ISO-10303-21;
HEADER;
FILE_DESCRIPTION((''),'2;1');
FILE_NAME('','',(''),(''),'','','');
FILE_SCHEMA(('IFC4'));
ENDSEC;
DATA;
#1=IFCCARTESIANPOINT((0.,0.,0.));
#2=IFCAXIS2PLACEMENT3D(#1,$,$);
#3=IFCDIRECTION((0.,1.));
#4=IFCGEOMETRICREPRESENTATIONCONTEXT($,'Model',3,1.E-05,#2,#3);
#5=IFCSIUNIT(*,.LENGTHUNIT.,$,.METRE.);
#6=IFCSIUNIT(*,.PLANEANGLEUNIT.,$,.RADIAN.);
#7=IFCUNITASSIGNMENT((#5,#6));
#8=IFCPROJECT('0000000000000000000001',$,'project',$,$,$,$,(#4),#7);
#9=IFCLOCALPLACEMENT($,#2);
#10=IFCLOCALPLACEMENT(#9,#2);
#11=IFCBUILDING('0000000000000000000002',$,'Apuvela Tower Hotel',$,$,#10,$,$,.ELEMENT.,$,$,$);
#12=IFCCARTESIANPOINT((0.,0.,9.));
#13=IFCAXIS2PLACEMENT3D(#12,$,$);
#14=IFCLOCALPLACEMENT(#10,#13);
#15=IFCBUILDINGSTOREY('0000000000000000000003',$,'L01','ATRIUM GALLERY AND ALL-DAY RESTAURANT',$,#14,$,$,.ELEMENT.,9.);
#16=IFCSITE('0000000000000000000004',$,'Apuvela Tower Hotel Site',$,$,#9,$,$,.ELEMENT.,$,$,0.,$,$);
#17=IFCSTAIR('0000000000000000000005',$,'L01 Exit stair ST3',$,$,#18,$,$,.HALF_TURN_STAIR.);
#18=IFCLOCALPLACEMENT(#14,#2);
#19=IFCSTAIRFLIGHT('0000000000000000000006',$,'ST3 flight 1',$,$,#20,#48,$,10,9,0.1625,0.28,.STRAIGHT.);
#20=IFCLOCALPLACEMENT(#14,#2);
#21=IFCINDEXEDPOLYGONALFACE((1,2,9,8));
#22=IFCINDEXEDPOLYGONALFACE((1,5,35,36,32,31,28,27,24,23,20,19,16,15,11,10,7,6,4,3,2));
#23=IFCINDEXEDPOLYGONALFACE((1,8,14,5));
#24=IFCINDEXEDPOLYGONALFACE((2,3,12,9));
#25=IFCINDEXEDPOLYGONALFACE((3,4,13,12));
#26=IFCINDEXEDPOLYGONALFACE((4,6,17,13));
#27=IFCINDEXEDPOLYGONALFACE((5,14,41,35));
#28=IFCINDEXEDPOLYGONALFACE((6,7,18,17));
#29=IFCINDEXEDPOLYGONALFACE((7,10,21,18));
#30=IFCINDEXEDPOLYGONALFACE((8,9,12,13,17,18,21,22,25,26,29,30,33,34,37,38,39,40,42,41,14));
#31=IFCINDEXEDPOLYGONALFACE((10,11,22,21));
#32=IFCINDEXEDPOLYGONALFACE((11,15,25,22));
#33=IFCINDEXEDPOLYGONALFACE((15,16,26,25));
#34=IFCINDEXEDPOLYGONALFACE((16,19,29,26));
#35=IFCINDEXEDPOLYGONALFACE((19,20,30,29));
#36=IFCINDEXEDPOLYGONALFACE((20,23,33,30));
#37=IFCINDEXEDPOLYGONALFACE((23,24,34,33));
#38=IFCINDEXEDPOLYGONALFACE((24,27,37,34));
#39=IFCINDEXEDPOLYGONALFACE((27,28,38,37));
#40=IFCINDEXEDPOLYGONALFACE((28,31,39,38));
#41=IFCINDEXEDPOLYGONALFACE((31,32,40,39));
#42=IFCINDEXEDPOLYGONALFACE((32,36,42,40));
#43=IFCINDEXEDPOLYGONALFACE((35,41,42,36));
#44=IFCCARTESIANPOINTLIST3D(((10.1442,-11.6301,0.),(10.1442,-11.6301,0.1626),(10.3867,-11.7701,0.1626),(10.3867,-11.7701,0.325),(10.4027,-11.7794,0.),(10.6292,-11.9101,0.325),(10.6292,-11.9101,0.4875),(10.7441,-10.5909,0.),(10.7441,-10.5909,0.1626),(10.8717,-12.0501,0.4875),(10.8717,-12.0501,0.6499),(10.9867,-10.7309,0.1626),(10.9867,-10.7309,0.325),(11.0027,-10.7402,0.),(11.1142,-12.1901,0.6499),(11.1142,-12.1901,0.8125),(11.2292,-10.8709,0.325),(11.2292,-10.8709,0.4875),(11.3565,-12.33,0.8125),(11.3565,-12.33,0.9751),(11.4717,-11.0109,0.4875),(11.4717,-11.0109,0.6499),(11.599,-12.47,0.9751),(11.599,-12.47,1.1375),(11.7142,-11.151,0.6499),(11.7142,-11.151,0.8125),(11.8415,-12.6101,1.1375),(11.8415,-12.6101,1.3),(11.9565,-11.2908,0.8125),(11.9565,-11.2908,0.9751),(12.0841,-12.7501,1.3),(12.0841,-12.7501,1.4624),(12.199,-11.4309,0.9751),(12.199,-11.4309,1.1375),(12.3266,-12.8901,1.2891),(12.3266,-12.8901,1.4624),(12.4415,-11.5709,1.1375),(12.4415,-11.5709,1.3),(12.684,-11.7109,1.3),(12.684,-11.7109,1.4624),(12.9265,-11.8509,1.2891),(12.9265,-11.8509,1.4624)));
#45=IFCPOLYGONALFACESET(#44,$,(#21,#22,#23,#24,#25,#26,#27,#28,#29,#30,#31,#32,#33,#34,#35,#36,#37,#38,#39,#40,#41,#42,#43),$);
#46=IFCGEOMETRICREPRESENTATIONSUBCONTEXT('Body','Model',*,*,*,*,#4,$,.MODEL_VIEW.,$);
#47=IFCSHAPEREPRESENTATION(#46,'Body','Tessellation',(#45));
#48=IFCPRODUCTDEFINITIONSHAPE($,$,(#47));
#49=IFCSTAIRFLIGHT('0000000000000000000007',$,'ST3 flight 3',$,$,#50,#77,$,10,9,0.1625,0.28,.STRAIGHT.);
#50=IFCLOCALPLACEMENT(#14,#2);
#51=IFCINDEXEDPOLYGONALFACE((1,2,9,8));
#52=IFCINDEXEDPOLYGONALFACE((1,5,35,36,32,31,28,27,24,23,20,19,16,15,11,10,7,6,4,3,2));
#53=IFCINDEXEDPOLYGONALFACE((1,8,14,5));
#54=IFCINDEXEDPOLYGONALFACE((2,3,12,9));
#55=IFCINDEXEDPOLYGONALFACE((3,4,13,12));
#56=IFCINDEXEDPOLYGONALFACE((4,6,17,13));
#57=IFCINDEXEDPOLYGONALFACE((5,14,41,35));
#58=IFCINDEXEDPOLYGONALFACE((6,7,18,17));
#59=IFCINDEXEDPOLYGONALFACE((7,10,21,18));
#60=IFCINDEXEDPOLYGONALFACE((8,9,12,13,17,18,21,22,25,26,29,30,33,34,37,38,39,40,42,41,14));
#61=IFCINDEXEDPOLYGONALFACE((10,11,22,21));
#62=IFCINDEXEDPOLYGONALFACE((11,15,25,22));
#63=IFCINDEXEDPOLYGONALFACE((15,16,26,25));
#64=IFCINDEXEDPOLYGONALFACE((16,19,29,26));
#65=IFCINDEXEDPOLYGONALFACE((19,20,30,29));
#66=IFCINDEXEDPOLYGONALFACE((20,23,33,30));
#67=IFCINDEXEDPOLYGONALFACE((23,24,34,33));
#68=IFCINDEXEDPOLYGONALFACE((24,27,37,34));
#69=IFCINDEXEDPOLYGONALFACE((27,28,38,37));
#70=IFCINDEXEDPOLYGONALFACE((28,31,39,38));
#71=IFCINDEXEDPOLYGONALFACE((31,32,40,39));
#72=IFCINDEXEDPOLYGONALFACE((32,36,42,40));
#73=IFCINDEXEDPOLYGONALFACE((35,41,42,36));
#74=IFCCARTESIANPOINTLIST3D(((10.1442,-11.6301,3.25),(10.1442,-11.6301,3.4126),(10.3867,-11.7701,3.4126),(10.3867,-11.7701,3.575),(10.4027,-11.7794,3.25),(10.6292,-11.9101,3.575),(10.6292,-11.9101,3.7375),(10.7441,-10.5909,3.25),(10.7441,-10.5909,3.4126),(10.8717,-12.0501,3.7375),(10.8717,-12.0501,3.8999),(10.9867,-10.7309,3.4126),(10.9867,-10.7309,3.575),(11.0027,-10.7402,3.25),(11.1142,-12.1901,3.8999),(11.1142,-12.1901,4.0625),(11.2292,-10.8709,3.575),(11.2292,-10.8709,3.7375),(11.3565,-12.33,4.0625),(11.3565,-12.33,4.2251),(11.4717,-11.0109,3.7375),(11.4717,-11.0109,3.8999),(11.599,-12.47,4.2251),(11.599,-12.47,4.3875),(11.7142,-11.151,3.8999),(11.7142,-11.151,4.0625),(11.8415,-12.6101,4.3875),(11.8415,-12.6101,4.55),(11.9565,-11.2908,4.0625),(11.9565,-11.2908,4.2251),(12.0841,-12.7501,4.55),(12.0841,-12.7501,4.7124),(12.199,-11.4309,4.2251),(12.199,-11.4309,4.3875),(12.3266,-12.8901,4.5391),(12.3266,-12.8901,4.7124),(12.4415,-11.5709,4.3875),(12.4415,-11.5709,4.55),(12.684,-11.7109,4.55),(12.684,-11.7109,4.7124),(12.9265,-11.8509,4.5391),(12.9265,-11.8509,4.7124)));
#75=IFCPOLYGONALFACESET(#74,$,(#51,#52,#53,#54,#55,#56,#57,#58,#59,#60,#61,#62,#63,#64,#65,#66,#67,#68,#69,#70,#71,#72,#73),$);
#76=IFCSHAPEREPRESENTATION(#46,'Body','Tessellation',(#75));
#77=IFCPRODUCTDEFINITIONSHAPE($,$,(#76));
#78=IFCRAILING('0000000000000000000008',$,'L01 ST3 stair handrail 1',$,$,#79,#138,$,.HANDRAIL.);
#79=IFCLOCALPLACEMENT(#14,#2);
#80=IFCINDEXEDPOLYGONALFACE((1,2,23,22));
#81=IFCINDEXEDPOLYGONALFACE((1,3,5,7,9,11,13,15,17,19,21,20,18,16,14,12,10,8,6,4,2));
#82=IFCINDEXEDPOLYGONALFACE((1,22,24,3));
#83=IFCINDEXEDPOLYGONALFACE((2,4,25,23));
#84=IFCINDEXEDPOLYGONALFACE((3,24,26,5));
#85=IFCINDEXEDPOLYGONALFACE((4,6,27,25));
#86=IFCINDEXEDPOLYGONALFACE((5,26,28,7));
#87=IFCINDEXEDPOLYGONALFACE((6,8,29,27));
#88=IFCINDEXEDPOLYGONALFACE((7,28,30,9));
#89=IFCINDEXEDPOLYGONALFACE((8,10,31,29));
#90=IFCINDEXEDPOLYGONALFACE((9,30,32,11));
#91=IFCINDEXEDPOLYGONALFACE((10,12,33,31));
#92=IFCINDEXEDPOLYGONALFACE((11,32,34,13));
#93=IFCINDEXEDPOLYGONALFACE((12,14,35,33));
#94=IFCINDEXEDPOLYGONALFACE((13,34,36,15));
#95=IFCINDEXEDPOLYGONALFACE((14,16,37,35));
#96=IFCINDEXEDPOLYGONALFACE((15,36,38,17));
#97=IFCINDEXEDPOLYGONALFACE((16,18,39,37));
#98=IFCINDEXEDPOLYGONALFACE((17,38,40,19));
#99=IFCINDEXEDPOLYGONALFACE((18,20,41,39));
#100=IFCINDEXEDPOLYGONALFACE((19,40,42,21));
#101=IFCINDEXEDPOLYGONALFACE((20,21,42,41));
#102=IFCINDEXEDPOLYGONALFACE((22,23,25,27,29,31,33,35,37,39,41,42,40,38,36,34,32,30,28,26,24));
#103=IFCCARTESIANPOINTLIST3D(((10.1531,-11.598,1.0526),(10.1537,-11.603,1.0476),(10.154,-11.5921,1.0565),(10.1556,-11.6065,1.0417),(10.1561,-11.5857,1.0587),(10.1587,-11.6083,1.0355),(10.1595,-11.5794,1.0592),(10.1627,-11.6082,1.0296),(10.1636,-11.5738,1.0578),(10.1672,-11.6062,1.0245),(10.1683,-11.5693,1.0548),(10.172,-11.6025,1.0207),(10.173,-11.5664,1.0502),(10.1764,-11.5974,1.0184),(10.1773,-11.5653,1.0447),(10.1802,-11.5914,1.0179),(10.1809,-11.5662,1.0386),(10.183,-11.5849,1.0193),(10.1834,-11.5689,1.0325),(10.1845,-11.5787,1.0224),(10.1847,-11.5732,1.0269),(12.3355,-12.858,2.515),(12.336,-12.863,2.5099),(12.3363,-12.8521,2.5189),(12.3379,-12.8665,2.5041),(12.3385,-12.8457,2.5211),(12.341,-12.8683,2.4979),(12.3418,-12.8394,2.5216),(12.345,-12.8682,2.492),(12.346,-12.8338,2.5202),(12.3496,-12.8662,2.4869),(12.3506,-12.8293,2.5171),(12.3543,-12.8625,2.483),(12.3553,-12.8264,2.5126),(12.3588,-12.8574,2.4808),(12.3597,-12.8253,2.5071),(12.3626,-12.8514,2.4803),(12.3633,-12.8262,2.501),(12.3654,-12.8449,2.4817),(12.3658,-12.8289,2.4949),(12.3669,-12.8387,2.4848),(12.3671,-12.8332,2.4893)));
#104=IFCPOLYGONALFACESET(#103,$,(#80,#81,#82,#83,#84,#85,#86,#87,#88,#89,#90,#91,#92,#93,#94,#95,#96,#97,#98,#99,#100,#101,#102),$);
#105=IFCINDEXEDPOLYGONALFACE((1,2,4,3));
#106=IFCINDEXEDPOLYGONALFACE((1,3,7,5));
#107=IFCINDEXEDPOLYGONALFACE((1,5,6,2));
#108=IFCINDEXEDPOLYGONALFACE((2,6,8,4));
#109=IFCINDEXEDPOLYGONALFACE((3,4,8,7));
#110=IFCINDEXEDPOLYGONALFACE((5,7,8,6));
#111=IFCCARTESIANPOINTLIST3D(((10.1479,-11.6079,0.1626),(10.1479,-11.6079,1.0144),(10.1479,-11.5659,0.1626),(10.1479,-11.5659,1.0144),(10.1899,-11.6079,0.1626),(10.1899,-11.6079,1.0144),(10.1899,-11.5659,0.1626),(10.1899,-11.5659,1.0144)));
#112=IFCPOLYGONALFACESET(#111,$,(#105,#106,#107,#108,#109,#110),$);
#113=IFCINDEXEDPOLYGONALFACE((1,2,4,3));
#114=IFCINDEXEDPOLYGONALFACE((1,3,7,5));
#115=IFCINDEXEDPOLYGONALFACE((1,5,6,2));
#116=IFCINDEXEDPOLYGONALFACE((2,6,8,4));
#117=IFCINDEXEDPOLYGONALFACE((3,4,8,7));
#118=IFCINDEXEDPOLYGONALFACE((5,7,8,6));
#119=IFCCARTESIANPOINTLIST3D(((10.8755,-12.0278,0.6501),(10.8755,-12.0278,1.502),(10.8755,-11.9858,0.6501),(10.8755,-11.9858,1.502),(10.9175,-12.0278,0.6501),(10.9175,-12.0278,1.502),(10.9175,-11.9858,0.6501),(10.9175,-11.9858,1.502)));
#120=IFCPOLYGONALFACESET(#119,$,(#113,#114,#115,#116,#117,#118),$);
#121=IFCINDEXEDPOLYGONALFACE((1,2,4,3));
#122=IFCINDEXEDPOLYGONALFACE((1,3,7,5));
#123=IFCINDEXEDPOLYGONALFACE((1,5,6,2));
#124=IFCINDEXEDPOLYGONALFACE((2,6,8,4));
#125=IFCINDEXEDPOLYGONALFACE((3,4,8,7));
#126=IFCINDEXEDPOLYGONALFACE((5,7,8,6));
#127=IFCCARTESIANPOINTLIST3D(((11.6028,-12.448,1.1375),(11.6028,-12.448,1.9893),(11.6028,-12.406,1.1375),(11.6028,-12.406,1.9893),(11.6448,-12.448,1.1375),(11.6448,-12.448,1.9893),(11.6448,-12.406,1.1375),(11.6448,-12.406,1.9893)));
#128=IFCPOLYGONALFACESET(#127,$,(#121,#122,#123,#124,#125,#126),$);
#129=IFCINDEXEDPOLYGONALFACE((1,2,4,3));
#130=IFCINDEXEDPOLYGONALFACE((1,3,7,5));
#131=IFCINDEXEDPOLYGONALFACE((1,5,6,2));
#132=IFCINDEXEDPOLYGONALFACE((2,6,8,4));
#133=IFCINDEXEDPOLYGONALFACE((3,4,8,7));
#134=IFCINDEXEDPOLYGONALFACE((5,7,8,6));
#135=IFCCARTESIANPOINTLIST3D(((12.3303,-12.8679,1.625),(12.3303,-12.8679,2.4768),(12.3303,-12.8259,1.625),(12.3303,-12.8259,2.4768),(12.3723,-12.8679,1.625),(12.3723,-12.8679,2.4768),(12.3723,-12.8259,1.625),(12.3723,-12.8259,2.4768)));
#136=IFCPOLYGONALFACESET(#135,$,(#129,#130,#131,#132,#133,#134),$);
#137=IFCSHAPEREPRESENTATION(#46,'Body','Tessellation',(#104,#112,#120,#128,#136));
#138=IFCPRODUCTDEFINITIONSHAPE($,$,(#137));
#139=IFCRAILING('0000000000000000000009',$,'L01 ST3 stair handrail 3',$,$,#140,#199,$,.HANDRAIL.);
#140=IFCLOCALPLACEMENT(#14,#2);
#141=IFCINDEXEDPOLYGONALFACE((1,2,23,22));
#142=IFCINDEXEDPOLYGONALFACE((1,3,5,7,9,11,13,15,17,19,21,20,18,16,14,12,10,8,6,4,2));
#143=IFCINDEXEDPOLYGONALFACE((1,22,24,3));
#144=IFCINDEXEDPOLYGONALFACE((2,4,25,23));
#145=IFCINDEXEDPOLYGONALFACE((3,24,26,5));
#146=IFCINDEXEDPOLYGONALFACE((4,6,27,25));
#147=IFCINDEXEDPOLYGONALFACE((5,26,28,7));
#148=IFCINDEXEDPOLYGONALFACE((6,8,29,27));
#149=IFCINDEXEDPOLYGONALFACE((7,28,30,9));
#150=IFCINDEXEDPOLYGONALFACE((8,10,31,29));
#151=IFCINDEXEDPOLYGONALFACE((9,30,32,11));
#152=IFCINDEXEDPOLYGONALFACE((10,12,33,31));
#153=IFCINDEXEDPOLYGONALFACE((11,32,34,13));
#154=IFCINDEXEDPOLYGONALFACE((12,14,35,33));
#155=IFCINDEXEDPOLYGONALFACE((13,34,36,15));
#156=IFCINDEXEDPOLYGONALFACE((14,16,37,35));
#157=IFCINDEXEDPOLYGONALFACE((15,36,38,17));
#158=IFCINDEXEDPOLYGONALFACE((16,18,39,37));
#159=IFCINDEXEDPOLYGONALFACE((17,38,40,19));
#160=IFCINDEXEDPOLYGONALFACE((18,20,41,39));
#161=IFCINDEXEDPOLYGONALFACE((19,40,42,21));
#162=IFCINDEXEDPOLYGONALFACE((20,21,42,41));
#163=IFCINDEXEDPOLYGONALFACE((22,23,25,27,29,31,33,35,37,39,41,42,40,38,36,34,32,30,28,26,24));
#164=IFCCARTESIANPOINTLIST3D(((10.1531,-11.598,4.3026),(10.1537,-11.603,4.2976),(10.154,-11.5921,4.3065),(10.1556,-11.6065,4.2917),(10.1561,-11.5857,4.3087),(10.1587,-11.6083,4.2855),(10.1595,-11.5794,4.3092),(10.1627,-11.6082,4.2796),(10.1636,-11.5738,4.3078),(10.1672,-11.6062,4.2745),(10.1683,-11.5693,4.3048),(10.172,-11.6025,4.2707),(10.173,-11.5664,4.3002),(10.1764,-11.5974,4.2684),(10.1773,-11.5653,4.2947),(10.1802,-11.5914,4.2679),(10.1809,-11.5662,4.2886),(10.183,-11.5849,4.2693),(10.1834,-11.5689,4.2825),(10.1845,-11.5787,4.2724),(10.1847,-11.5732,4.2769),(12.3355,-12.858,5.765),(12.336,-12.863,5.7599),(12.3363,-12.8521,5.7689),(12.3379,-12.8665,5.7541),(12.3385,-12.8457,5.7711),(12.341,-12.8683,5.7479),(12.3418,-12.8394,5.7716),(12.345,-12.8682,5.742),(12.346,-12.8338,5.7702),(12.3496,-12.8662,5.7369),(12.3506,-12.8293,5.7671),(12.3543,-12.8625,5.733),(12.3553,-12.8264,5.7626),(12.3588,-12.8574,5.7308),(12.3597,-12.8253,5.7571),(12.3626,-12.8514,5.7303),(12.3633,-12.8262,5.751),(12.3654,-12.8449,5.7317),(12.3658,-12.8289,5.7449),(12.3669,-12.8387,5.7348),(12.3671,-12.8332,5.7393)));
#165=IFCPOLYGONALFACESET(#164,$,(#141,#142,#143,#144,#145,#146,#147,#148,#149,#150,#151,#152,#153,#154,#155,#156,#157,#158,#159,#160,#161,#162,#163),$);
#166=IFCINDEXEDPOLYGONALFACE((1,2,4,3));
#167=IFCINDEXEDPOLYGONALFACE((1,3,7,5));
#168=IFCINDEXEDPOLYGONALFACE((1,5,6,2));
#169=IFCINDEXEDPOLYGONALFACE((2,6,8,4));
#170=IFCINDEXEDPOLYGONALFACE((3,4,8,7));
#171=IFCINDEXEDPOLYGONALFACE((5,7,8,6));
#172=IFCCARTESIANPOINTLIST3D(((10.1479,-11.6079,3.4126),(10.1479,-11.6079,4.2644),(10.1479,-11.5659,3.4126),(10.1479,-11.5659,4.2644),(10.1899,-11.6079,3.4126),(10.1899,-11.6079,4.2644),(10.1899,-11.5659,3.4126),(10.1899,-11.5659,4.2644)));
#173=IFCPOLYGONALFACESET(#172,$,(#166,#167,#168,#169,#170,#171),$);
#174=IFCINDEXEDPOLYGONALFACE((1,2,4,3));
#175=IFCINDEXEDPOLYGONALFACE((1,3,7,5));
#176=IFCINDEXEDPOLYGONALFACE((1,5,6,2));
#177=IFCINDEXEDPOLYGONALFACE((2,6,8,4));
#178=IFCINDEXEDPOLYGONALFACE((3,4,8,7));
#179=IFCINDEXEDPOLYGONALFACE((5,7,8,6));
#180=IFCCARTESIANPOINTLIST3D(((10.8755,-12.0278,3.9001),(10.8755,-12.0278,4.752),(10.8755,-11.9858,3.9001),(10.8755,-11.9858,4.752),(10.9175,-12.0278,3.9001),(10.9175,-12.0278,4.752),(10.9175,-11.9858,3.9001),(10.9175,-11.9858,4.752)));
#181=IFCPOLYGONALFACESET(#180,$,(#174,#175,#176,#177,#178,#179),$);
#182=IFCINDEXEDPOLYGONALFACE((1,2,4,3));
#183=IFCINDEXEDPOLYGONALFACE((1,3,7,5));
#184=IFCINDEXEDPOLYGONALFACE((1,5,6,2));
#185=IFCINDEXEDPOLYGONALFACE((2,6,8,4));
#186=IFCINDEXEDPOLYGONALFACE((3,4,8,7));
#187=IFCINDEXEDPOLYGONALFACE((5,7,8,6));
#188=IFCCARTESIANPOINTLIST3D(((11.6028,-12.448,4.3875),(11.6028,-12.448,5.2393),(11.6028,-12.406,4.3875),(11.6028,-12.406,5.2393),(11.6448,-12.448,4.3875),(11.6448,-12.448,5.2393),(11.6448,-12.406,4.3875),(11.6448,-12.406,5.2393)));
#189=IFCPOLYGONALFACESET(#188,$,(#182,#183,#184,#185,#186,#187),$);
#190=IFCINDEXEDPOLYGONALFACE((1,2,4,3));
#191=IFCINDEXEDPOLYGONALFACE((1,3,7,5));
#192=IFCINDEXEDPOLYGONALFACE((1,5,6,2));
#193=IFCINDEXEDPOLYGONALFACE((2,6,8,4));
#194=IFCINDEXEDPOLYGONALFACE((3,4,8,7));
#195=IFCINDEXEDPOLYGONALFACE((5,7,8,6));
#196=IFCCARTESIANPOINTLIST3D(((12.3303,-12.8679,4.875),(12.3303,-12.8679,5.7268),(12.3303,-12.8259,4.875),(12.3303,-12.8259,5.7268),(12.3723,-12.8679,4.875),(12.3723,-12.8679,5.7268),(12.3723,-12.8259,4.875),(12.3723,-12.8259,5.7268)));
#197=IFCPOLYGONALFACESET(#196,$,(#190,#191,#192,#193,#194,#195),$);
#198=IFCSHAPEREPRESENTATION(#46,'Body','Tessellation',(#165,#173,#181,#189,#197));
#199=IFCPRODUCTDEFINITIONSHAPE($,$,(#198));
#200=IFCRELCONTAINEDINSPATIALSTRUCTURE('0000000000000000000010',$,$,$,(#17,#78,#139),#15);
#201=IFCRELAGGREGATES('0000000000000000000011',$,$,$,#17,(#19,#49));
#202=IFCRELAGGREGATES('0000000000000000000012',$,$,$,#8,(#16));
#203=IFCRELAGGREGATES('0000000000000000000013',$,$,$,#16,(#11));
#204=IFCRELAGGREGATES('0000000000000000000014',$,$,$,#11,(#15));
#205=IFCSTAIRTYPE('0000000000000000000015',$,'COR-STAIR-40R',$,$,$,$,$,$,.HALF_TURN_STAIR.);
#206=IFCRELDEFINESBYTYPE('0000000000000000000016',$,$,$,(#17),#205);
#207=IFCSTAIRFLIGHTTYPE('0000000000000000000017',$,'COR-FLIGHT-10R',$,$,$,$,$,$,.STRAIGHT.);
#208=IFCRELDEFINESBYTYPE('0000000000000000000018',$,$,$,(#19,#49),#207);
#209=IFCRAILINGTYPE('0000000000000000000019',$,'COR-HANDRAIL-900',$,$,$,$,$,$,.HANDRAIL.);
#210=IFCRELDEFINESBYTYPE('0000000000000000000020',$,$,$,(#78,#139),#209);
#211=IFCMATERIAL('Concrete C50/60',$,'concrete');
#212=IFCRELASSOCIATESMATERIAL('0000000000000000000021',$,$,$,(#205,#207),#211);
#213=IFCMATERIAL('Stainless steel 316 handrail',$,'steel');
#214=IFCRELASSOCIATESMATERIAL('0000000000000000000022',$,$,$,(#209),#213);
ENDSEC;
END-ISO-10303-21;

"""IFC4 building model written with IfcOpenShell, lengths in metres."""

from ifc_helpers import new_model, si_unit, direction, frame, origin, origin_2d, place, context, subcontext, project, spatial, polyline, rectangle, circle, outline, extrude, material, type_object, element, aggregate, save


model = new_model("IFC4")

# Units and contexts
model_context = context("Model", 3, precision=1e-05, world=origin(), true_north=direction((0.0, 1.0)))
body_context = subcontext(model_context, "Body", "Model", "MODEL_VIEW")
ifc_project = project(units=[si_unit("LENGTHUNIT", "METRE"), si_unit("PLANEANGLEUNIT", "RADIAN")], contexts=[model_context])

# Site, building, storey
site_placement = place(None, origin())
site = spatial("IfcSite", under=ifc_project, at=site_placement, Name="Apuvela Tower Hotel Site", CompositionType="ELEMENT", RefElevation=0.0)
building_placement = place(site_placement, origin())
building = spatial("IfcBuilding", under=site, at=building_placement, Name="Apuvela Tower Hotel", CompositionType="ELEMENT")
storey_placement = place(building_placement, frame((0.0, 0.0, 9.0)))
storey = spatial("IfcBuildingStorey", under=building, at=storey_placement, Name="L01", Description="ATRIUM GALLERY AND ALL-DAY RESTAURANT", CompositionType="ELEMENT", Elevation=9.0)

# Stair
ifc_material_1 = material(Name="Concrete C50/60", Category="concrete")
stair_type_1 = type_object("IfcStairType", Name="COR-STAIR-40R", PredefinedType="HALF_TURN_STAIR", material=ifc_material_1)
stair_1_placement = place(storey_placement, origin())
stair_1 = element("IfcStair", 1, at=stair_1_placement, inside=storey, type_object=stair_type_1, Name="L01 Exit stair ST3", PredefinedType="HALF_TURN_STAIR")

# Stair flights
stair_flight_type = type_object("IfcStairFlightType", Name="COR-FLIGHT-10R", PredefinedType="STRAIGHT", material=ifc_material_1)
stair_flight_1_placement = place(storey_placement, frame((10.4441, -11.1106, 0.0), z_axis=(0.0, 0.0, 1.0), x_axis=(0.866025, -0.5, 0.0)))
stair_flight_1 = element("IfcStairFlight", 2, at=stair_flight_1_placement, type_object=stair_flight_type, Name="ST3 flight 1", NumberOfRisers=10, NumberOfTreads=9, PredefinedType="STRAIGHT", RiserHeight=0.1625, TreadLength=0.28, context=body_context, shape_type="SweptSolid", body=[
    extrude(outline(polyline([(0.0, 0.0), (0.0, 0.1626), (0.28, 0.1626), (0.28, 0.325), (0.5601, 0.325), (0.5601, 0.4875), (0.8401, 0.4875), (0.8401, 0.6499), (1.1201, 0.6499), (1.1201, 0.8125), (1.3999, 0.8125), (1.3999, 0.9751), (1.6799, 0.9751), (1.6799, 1.1375), (1.96, 1.1375), (1.96, 1.3), (2.24, 1.3), (2.24, 1.4624), (2.52, 1.4624), (2.52, 1.625), (2.52, 1.2891), (0.2986, 0.0), (0.0, 0.0)])), frame((0.0, 0.6001, 0.0), z_axis=(0.0, -1.0, 0.0), x_axis=(1.0, 0.0, 0.0)), (0.0, 0.0, 1.0), 1.2),
])
stair_flight_2_placement = place(storey_placement, frame((10.4441, -11.1106, 3.25), z_axis=(0.0, 0.0, 1.0), x_axis=(0.866025, -0.5, 0.0)))
stair_flight_2 = element("IfcStairFlight", 3, at=stair_flight_2_placement, type_object=stair_flight_type, Name="ST3 flight 3", NumberOfRisers=10, NumberOfTreads=9, PredefinedType="STRAIGHT", RiserHeight=0.1625, TreadLength=0.28, context=body_context, shape_type="SweptSolid", body=[
    extrude(outline(polyline([(0.0, 0.0), (0.0, 0.1626), (0.28, 0.1626), (0.28, 0.325), (0.5601, 0.325), (0.5601, 0.4875), (0.8401, 0.4875), (0.8401, 0.6499), (1.1201, 0.6499), (1.1201, 0.8125), (1.3999, 0.8125), (1.3999, 0.9751), (1.6799, 0.9751), (1.6799, 1.1375), (1.96, 1.1375), (1.96, 1.3), (2.24, 1.3), (2.24, 1.4624), (2.52, 1.4624), (2.52, 1.625), (2.52, 1.2891), (0.2986, 0.0), (0.0, 0.0)])), frame((0.0, 0.6001, 0.0), z_axis=(0.0, -1.0, 0.0), x_axis=(1.0, 0.0, 0.0)), (0.0, 0.0, 1.0), 1.2),
])
aggregate(stair_1, [stair_flight_1, stair_flight_2])

# Railings
ifc_material_2 = material(Name="Stainless steel 316 handrail", Category="steel")
railing_type_1 = type_object("IfcRailingType", Name="COR-HANDRAIL-900", PredefinedType="HANDRAIL", material=ifc_material_2)
for number, where, name in (
    (4, (10.1689, -11.5869, 0.1626), "L01 ST3 stair handrail 1"),
    (5, (10.1689, -11.5869, 3.4126), "L01 ST3 stair handrail 3"),
):
    element("IfcRailing", number, at=place(storey_placement, frame(where)), inside=storey, type_object=railing_type_1, Name=name, PredefinedType="HANDRAIL", context=body_context, shape_type="SweptSolid", body=[
        extrude(circle(Radius=0.0239, at=origin_2d()), frame((0.0, 0.0, 0.876), z_axis=(0.749033, -0.43246, 0.501925), x_axis=(0.500005, 0.866023, 0.0)), (0.0, 0.0, 1.0), 2.9136),
        extrude(rectangle(XDim=0.042, YDim=0.042, at=origin_2d()), origin(), (0.0, 0.0, 1.0), 0.8518),
        extrude(rectangle(XDim=0.042, YDim=0.042, at=origin_2d()), frame((0.7275, -0.4199, 0.4875)), (0.0, 0.0, 1.0), 0.8518),
        extrude(rectangle(XDim=0.042, YDim=0.042, at=origin_2d()), frame((1.4548, -0.8401, 0.9749)), (0.0, 0.0, 1.0), 0.8518),
        extrude(rectangle(XDim=0.042, YDim=0.042, at=origin_2d()), frame((2.1824, -1.26, 1.4624)), (0.0, 0.0, 1.0), 0.8518),
    ])

save(model, "model.ifc")
